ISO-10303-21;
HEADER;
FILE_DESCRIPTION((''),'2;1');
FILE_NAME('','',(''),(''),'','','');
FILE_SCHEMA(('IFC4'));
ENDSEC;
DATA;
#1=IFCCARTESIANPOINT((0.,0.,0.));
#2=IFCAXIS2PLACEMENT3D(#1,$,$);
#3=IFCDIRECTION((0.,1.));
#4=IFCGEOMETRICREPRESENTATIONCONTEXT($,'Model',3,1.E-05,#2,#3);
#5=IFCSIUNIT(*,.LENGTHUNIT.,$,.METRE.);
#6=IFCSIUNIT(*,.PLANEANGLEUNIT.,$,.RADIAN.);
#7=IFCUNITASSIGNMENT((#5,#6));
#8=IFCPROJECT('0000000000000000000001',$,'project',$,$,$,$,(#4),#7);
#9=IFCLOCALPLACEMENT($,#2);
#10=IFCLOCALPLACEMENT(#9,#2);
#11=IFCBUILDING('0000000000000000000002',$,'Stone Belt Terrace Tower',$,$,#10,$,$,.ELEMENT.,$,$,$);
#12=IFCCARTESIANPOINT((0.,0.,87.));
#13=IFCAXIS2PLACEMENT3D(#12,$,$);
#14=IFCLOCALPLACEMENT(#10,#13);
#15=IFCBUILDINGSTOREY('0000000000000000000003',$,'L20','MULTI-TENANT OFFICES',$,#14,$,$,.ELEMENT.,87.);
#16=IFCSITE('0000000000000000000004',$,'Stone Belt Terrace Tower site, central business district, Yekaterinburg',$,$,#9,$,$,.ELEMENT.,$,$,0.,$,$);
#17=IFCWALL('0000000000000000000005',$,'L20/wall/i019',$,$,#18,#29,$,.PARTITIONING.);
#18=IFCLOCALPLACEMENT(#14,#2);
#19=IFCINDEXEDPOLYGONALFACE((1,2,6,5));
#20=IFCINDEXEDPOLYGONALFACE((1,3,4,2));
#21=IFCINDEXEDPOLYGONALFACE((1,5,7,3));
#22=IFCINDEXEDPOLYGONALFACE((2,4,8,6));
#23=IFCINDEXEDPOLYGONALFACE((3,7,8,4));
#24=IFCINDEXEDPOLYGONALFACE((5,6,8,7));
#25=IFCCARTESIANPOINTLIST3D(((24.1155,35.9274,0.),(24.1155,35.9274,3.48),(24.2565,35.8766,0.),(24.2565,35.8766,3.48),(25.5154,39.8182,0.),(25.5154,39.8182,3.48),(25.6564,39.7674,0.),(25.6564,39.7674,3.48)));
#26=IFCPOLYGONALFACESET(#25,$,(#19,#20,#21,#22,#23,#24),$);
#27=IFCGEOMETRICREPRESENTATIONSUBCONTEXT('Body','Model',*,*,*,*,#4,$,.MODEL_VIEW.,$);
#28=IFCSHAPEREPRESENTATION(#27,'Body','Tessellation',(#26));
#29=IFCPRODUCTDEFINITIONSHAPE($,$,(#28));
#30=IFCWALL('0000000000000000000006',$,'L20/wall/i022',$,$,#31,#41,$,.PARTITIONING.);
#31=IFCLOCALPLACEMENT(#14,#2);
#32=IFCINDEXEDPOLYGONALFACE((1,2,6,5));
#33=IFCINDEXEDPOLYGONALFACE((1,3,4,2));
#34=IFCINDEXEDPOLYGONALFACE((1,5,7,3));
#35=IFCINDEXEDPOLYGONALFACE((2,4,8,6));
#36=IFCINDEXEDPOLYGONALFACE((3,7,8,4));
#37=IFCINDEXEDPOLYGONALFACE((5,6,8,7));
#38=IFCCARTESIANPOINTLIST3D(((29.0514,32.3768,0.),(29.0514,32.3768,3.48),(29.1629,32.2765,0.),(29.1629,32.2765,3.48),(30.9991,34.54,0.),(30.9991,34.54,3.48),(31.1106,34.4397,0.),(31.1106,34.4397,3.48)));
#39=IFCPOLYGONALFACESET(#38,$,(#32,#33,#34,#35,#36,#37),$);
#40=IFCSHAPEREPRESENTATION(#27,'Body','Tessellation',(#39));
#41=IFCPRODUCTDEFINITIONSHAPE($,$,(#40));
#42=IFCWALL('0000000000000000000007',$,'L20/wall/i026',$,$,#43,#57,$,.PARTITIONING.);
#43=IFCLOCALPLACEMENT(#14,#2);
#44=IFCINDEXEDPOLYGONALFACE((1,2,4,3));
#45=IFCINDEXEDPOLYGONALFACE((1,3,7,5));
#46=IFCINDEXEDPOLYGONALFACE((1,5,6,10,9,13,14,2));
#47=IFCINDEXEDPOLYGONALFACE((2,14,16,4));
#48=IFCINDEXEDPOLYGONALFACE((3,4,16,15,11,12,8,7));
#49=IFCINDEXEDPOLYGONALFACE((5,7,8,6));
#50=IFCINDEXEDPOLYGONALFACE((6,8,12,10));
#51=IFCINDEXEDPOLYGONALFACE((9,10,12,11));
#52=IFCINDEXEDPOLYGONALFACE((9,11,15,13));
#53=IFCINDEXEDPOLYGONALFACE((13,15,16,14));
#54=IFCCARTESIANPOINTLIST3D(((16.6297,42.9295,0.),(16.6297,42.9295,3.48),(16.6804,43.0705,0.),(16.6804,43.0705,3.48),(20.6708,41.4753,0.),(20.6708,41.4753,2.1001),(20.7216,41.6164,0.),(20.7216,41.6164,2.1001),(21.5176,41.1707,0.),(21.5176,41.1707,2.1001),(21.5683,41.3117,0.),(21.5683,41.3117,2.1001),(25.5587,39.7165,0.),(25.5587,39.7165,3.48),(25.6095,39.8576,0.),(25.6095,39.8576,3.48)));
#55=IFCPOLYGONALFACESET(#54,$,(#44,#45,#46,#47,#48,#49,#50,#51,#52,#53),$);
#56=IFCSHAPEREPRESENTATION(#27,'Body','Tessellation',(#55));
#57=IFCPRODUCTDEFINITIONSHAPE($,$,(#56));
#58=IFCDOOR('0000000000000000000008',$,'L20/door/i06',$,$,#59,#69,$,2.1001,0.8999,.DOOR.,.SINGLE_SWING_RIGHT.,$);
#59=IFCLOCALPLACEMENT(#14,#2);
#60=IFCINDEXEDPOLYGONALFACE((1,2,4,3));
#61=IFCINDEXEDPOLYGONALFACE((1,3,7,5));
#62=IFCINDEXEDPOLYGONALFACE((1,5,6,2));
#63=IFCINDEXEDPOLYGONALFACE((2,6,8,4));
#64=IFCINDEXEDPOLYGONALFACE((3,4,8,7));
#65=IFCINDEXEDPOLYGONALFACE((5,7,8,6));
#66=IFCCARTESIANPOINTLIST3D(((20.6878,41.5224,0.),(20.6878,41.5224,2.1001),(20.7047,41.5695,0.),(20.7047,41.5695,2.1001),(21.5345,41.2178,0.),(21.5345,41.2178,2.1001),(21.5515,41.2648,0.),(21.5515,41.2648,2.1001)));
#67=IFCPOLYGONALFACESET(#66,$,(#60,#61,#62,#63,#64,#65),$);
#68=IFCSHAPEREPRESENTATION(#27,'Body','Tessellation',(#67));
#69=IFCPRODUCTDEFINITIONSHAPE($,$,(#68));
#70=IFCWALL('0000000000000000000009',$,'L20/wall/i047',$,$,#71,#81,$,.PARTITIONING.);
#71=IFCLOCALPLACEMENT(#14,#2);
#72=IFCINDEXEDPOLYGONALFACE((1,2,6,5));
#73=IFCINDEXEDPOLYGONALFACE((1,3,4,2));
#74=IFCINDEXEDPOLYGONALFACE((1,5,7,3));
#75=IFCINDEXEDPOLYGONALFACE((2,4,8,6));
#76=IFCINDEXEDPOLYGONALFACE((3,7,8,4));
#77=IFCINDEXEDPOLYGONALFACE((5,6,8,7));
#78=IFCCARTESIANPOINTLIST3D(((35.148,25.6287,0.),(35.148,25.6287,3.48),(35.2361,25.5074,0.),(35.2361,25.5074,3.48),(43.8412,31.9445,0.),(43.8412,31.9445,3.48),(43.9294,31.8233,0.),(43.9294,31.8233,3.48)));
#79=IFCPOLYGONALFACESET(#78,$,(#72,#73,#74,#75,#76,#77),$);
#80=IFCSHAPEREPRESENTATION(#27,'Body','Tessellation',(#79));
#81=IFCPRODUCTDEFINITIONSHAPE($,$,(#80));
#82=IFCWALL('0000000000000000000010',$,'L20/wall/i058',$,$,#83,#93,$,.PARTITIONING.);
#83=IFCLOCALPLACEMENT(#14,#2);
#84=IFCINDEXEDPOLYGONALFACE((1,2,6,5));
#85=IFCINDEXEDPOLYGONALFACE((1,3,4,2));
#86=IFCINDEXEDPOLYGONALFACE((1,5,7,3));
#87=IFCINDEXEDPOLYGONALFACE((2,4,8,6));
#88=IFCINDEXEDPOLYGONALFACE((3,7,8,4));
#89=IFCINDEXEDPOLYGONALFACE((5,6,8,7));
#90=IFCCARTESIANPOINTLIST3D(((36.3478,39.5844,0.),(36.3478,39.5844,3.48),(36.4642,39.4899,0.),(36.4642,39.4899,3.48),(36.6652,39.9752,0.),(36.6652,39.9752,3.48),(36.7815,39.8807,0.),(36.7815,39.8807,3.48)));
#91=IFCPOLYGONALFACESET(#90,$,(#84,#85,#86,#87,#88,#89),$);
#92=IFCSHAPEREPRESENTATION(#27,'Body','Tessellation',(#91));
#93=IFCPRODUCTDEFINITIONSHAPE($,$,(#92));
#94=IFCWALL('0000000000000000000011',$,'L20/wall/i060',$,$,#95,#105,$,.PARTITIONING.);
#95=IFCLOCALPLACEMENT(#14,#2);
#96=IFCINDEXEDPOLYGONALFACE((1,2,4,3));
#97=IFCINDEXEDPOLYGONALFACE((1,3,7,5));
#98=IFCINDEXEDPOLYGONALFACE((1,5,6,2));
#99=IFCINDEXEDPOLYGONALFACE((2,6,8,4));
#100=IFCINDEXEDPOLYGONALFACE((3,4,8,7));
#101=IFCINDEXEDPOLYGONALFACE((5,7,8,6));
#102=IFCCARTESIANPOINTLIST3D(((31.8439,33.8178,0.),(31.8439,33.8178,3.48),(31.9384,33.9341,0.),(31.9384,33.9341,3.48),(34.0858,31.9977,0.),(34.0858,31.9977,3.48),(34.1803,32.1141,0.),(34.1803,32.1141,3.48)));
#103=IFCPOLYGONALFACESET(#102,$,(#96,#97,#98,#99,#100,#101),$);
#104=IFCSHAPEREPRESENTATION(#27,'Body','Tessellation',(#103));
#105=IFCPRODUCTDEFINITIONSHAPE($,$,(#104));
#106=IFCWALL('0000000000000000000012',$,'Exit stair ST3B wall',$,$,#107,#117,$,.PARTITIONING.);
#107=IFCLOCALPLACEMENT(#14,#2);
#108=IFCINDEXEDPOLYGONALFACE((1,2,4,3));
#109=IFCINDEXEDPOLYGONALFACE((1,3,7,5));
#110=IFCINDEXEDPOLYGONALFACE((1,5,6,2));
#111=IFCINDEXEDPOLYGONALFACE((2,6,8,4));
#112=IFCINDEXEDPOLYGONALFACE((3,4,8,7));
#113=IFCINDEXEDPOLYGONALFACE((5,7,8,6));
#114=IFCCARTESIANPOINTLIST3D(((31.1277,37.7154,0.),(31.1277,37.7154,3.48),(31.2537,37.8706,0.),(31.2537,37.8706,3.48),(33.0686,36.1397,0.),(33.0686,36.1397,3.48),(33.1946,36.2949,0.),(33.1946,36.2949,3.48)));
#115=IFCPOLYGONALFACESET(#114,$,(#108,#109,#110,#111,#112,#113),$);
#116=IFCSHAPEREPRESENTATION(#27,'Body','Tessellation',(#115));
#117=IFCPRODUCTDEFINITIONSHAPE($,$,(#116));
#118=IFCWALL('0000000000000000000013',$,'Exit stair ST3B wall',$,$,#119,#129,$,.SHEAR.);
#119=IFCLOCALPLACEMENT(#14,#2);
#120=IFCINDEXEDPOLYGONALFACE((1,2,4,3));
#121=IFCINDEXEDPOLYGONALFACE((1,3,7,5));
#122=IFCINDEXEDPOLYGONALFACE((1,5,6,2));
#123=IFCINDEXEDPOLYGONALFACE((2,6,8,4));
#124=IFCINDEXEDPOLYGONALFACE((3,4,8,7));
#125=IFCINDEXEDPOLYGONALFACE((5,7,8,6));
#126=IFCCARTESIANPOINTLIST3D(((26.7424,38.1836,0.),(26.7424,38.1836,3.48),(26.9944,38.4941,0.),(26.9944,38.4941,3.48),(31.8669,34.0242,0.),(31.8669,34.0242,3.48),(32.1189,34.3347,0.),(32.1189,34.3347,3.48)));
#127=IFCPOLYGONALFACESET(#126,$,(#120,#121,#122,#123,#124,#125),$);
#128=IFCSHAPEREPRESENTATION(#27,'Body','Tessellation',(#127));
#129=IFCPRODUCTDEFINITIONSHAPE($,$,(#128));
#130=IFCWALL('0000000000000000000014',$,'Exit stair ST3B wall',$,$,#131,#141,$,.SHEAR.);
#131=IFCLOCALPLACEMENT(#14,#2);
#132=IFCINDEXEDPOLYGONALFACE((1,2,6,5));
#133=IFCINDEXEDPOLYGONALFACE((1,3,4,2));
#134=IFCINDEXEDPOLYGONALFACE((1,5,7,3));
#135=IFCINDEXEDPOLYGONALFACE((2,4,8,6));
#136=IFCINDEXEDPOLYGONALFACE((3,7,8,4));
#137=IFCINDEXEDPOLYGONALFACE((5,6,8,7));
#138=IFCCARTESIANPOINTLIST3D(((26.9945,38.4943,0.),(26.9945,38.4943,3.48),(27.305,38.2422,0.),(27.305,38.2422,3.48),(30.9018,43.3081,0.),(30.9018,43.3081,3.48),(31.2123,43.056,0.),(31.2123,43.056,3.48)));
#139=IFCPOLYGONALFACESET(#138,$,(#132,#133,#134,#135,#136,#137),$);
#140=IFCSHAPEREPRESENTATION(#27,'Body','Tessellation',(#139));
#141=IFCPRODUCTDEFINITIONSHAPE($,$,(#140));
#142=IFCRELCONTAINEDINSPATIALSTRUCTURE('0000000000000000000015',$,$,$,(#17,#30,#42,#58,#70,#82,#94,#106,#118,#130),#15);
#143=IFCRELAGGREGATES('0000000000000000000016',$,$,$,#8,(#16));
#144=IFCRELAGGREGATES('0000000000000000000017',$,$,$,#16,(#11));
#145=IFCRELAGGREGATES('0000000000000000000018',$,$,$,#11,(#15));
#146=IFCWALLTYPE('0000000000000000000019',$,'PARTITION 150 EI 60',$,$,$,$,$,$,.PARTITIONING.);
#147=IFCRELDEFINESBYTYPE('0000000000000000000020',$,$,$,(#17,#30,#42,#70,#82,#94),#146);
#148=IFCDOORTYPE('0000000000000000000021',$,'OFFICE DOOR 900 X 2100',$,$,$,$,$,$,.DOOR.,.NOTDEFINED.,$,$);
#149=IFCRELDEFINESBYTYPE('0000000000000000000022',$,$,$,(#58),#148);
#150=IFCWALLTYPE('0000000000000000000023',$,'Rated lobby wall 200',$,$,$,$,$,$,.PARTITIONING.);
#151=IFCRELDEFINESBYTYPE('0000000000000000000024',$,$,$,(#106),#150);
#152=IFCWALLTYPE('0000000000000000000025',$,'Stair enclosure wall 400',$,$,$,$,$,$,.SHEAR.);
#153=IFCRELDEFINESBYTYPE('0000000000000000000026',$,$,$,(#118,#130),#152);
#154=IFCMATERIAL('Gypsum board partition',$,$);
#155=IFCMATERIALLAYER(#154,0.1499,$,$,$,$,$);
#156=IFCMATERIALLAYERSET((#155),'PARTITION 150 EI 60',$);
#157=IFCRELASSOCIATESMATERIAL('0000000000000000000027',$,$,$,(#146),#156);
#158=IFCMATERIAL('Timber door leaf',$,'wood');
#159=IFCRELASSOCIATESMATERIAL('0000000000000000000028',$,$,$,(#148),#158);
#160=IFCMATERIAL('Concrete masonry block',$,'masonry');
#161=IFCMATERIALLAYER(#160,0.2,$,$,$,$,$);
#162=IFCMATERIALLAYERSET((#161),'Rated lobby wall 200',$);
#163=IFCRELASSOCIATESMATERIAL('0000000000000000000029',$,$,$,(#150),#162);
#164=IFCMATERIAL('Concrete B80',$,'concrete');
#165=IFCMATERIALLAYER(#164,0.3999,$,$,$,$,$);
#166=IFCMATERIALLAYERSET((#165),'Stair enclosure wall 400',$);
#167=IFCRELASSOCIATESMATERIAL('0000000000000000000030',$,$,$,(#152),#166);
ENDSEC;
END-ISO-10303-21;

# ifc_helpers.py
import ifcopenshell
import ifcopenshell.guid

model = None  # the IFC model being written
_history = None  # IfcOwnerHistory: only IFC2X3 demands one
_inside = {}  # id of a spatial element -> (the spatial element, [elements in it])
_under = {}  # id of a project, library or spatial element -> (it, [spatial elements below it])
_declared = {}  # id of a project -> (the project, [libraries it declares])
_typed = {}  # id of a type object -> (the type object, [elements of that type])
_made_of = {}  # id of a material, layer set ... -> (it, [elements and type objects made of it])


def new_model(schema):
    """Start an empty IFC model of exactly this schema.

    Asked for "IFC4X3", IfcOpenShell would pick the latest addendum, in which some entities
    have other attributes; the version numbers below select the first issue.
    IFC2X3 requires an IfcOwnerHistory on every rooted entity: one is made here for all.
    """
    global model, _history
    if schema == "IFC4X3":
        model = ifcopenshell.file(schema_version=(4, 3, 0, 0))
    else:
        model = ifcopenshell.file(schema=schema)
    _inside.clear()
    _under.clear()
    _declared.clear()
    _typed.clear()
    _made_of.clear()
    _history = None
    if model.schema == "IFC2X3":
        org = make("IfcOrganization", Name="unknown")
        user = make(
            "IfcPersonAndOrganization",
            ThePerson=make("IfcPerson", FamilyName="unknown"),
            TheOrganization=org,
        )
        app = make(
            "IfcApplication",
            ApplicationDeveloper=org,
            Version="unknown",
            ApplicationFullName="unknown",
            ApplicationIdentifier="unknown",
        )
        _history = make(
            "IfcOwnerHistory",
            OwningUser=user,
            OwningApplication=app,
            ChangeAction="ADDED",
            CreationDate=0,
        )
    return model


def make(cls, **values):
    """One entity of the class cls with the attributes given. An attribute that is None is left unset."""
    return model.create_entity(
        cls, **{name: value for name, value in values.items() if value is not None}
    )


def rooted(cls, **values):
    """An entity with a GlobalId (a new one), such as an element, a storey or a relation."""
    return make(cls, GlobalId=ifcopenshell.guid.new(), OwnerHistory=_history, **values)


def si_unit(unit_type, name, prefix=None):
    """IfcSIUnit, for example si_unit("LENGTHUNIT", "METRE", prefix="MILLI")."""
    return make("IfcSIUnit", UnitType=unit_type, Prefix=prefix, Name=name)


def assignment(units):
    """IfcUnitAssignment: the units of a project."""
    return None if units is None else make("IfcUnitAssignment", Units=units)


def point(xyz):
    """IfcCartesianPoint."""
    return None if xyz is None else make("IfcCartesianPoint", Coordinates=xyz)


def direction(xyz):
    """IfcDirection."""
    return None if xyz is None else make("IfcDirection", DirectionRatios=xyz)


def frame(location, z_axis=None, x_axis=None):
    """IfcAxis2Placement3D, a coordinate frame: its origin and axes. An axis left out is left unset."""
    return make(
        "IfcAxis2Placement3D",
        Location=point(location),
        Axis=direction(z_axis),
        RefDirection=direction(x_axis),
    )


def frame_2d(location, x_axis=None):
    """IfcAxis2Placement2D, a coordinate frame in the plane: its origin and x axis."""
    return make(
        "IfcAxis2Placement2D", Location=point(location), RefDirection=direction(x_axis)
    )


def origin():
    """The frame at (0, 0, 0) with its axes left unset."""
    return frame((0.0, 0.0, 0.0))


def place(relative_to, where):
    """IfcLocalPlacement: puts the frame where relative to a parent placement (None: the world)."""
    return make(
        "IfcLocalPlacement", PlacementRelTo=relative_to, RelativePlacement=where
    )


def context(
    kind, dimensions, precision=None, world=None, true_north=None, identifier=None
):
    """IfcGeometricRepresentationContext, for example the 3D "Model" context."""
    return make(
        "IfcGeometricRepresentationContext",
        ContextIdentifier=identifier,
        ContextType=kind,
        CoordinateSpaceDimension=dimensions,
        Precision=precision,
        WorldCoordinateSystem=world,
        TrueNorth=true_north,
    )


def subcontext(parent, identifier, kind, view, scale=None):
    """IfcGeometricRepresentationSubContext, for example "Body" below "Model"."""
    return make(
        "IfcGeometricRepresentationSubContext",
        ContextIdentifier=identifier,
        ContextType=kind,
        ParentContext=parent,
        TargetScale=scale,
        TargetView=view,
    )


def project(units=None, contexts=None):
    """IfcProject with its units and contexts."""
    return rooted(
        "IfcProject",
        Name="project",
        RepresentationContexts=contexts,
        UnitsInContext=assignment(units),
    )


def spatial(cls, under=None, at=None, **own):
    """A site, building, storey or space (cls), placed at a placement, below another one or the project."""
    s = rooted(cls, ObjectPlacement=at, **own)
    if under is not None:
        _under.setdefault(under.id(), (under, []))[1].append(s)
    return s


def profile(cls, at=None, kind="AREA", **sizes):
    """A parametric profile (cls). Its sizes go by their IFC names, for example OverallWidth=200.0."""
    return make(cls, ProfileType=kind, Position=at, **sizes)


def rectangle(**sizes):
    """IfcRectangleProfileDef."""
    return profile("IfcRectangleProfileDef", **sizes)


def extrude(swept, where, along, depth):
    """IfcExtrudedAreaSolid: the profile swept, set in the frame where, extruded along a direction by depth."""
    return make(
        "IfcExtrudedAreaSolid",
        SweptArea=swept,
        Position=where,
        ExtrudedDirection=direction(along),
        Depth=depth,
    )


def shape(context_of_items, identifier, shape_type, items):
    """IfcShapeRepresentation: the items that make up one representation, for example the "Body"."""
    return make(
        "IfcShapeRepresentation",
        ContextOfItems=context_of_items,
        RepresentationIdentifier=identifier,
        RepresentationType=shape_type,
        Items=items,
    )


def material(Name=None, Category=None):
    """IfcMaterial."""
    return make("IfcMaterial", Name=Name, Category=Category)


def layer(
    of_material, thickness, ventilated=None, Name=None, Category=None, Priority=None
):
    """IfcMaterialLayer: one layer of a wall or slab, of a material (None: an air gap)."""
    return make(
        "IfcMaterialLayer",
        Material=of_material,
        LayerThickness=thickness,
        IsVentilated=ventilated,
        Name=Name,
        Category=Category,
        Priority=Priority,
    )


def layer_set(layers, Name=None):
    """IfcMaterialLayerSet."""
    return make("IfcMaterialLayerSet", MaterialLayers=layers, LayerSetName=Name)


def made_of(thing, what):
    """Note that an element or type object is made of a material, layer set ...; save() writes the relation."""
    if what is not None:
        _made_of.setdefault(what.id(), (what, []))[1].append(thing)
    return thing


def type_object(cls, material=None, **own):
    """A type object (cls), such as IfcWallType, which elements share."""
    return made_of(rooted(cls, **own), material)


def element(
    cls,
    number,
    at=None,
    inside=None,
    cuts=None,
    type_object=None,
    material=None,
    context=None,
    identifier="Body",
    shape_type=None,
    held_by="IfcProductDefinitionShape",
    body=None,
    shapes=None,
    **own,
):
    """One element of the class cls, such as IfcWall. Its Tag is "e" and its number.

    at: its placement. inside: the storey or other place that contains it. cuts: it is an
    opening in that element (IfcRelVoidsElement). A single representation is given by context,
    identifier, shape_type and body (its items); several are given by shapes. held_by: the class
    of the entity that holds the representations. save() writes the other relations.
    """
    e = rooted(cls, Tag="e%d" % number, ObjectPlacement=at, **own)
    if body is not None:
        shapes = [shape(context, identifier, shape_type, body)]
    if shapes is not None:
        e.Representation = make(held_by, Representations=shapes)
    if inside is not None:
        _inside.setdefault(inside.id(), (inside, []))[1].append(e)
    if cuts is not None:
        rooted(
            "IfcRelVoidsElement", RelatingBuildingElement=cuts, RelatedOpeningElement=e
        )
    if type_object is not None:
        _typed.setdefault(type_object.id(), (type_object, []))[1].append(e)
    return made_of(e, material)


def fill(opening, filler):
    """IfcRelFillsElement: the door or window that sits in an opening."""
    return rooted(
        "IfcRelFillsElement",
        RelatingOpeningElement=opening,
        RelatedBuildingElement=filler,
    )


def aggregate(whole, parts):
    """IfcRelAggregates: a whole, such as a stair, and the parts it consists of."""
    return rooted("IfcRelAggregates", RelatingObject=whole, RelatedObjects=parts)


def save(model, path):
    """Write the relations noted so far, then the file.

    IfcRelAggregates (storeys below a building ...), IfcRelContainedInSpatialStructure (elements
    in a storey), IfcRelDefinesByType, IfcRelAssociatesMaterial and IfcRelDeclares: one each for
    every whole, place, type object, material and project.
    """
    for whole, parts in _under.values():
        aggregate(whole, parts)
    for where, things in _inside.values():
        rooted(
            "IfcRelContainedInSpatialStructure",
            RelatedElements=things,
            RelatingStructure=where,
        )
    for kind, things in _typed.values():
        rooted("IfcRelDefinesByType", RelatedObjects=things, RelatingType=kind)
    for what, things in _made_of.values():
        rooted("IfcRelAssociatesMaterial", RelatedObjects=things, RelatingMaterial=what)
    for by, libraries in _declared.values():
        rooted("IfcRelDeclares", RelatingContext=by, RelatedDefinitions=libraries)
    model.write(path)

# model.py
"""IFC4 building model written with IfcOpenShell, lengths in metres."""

from ifc_helpers import new_model, si_unit, direction, frame, frame_2d, origin, place, context, subcontext, project, spatial, rectangle, extrude, material, layer, layer_set, type_object, element, fill, save


model = new_model("IFC4")

# Units and contexts
model_context = context("Model", 3, precision=1e-05, world=origin(), true_north=direction((0.0, 1.0)))
body_context = subcontext(model_context, "Body", "Model", "MODEL_VIEW")
ifc_project = project(units=[si_unit("LENGTHUNIT", "METRE"), si_unit("PLANEANGLEUNIT", "RADIAN")], contexts=[model_context])

# Site, building, storey
site_placement = place(None, origin())
site = spatial("IfcSite", under=ifc_project, at=site_placement, Name="Stone Belt Terrace Tower site, central business district, Yekaterinburg", CompositionType="ELEMENT", RefElevation=0.0)
building_placement = place(site_placement, origin())
building = spatial("IfcBuilding", under=site, at=building_placement, Name="Stone Belt Terrace Tower", CompositionType="ELEMENT")
storey_placement = place(building_placement, frame((0.0, 0.0, 87.0)))
storey = spatial("IfcBuildingStorey", under=building, at=storey_placement, Name="L20", Description="MULTI-TENANT OFFICES", CompositionType="ELEMENT", Elevation=87.0)

# Shared definitions
ifc_material_1 = material(Name="Concrete B80", Category="concrete")

# Walls
ifc_material_2 = material(Name="Gypsum board partition")
ifc_layer_1 = layer(ifc_material_2, 0.1499)
ifc_layer_set_1 = layer_set([ifc_layer_1], Name="PARTITION 150 EI 60")
wall_type_1 = type_object("IfcWallType", Name="PARTITION 150 EI 60", PredefinedType="PARTITIONING", material=ifc_layer_set_1)
wall_1_placement = place(storey_placement, frame((24.186, 35.9021, 0.0), z_axis=(0.0, 0.0, 1.0), x_axis=(0.338546, 0.94095, 0.0)))
element("IfcWall", 1, at=wall_1_placement, inside=storey, type_object=wall_type_1, Name="L20/wall/i019", PredefinedType="PARTITIONING", context=body_context, shape_type="SweptSolid", body=[
    extrude(rectangle(XDim=4.135, YDim=0.1499, at=frame_2d((2.0674, 0.0))), origin(), (0.0, 0.0, 1.0), 3.48),
])
wall_2_placement = place(storey_placement, frame((31.0549, 34.49, 0.0), z_axis=(0.0, 0.0, 1.0), x_axis=(-0.669108, -0.743165, 0.0)))
element("IfcWall", 2, at=wall_2_placement, inside=storey, type_object=wall_type_1, Name="L20/wall/i022", PredefinedType="PARTITIONING", context=body_context, shape_type="SweptSolid", body=[
    extrude(rectangle(XDim=2.9109, YDim=0.1499, at=frame_2d((1.4556, 0.0))), origin(), (0.0, 0.0, 1.0), 3.48),
])

# Wall, opening, door
wall_3_placement = place(storey_placement, frame((25.584, 39.7871, 0.0), z_axis=(0.0, 0.0, 1.0), x_axis=(-0.940939, 0.338576, 0.0)))
wall_3 = element("IfcWall", 3, at=wall_3_placement, inside=storey, type_object=wall_type_1, Name="L20/wall/i026", PredefinedType="PARTITIONING", context=body_context, shape_type="SweptSolid", body=[
    extrude(rectangle(XDim=9.4895, YDim=0.1499, at=frame_2d((4.7446, 0.0))), origin(), (0.0, 0.0, 1.0), 3.48),
])
opening_1_placement = place(wall_3_placement, frame((4.2947, 0.0, 0.0)))
opening_1 = element("IfcOpeningElement", 4, at=opening_1_placement, cuts=wall_3, PredefinedType="OPENING", context=body_context, shape_type="SweptSolid", body=[
    extrude(rectangle(XDim=0.8999, YDim=2.1001, at=frame_2d((0.45, 1.05))), frame((0.0, 0.085, 0.0), z_axis=(0.0, -1.0, 0.0), x_axis=(1.0, 0.0, 0.0)), (0.0, 0.0, 1.0), 0.1699),
])
ifc_material_3 = material(Name="Timber door leaf", Category="wood")
door_type_1 = type_object("IfcDoorType", Name="OFFICE DOOR 900 X 2100", OperationType="NOTDEFINED", PredefinedType="DOOR", material=ifc_material_3)
door_1_placement = place(opening_1_placement, origin())
door_1 = element("IfcDoor", 5, at=door_1_placement, inside=storey, type_object=door_type_1, Name="L20/door/i06", OperationType="SINGLE_SWING_RIGHT", OverallHeight=2.1001, OverallWidth=0.8999, PredefinedType="DOOR", context=body_context, shape_type="SweptSolid", body=[
    extrude(rectangle(XDim=0.8999, YDim=2.1001, at=frame_2d((0.45, 1.05))), frame((0.0, 0.0249, 0.0), z_axis=(0.0, -1.0, 0.0), x_axis=(1.0, 0.0, 0.0)), (0.0, 0.0, 1.0), 0.05),
])
fill(opening_1, door_1)

# Walls
wall_4_placement = place(storey_placement, frame((35.1921, 25.5681, 0.0), z_axis=(0.0, 0.0, 1.0), x_axis=(0.809025, 0.587774, 0.0)))
element("IfcWall", 6, at=wall_4_placement, inside=storey, type_object=wall_type_1, Name="L20/wall/i047", PredefinedType="PARTITIONING", context=body_context, shape_type="SweptSolid", body=[
    extrude(rectangle(XDim=10.7454, YDim=0.1499, at=frame_2d((5.3726, 0.0))), origin(), (0.0, 0.0, 1.0), 3.48),
])
wall_5_placement = place(storey_placement, frame((36.406, 39.5371, 0.0), z_axis=(0.0, 0.0, 1.0), x_axis=(0.630355, 0.776307, 0.0)))
element("IfcWall", 7, at=wall_5_placement, inside=storey, type_object=wall_type_1, Name="L20/wall/i058", PredefinedType="PARTITIONING", context=body_context, shape_type="SweptSolid", body=[
    extrude(rectangle(XDim=0.5034, YDim=0.1499, at=frame_2d((0.2517, 0.0))), origin(), (0.0, 0.0, 1.0), 3.48),
])
wall_6_placement = place(storey_placement, frame((34.1331, 32.0559, 0.0), z_axis=(0.0, 0.0, 1.0), x_axis=(-0.77637, 0.630277, 0.0)))
element("IfcWall", 8, at=wall_6_placement, inside=storey, type_object=wall_type_1, Name="L20/wall/i060", PredefinedType="PARTITIONING", context=body_context, shape_type="SweptSolid", body=[
    extrude(rectangle(XDim=2.8877, YDim=0.1499, at=frame_2d((1.4438, 0.0))), origin(), (0.0, 0.0, 1.0), 3.48),
])
ifc_material_4 = material(Name="Concrete masonry block", Category="masonry")
ifc_layer_2 = layer(ifc_material_4, 0.2)
ifc_layer_set_2 = layer_set([ifc_layer_2], Name="Rated lobby wall 200")
wall_type_2 = type_object("IfcWallType", Name="Rated lobby wall 200", PredefinedType="PARTITIONING", material=ifc_layer_set_2)
wall_7_placement = place(storey_placement, frame((31.1907, 37.793, 0.0), z_axis=(0.0, 0.0, 1.0), x_axis=(0.776371, -0.630276, 0.0)))
element("IfcWall", 9, at=wall_7_placement, inside=storey, type_object=wall_type_2, Name="Exit stair ST3B wall", PredefinedType="PARTITIONING", context=body_context, shape_type="SweptSolid", body=[
    extrude(rectangle(XDim=2.5, YDim=0.2, at=frame_2d((1.25, 0.0))), origin(), (0.0, 0.0, 1.0), 3.48),
])
ifc_layer_3 = layer(ifc_material_1, 0.3999)
ifc_layer_set_3 = layer_set([ifc_layer_3], Name="Stair enclosure wall 400")
wall_type_3 = type_object("IfcWallType", Name="Stair enclosure wall 400", PredefinedType="SHEAR", material=ifc_layer_set_3)
wall_8_placement = place(storey_placement, frame((26.8684, 38.3389, 0.0), z_axis=(0.0, 0.0, 1.0), x_axis=(0.776428, -0.630205, 0.0)))
element("IfcWall", 10, at=wall_8_placement, inside=storey, type_object=wall_type_3, Name="Exit stair ST3B wall", PredefinedType="SHEAR", context=body_context, shape_type="SweptSolid", body=[
    extrude(rectangle(XDim=6.6001, YDim=0.3999, at=frame_2d((3.3, 0.0))), origin(), (0.0, 0.0, 1.0), 3.48),
])
wall_9_placement = place(storey_placement, frame((27.1497, 38.3682, 0.0), z_axis=(0.0, 0.0, 1.0), x_axis=(0.630212, 0.776423, 0.0)))
element("IfcWall", 11, at=wall_9_placement, inside=storey, type_object=wall_type_3, Name="Exit stair ST3B wall", PredefinedType="SHEAR", context=body_context, shape_type="SweptSolid", body=[
    extrude(rectangle(XDim=6.2, YDim=0.3999, at=frame_2d((3.1001, 0.0))), origin(), (0.0, 0.0, 1.0), 3.48),
])

save(model, "model.ifc")
